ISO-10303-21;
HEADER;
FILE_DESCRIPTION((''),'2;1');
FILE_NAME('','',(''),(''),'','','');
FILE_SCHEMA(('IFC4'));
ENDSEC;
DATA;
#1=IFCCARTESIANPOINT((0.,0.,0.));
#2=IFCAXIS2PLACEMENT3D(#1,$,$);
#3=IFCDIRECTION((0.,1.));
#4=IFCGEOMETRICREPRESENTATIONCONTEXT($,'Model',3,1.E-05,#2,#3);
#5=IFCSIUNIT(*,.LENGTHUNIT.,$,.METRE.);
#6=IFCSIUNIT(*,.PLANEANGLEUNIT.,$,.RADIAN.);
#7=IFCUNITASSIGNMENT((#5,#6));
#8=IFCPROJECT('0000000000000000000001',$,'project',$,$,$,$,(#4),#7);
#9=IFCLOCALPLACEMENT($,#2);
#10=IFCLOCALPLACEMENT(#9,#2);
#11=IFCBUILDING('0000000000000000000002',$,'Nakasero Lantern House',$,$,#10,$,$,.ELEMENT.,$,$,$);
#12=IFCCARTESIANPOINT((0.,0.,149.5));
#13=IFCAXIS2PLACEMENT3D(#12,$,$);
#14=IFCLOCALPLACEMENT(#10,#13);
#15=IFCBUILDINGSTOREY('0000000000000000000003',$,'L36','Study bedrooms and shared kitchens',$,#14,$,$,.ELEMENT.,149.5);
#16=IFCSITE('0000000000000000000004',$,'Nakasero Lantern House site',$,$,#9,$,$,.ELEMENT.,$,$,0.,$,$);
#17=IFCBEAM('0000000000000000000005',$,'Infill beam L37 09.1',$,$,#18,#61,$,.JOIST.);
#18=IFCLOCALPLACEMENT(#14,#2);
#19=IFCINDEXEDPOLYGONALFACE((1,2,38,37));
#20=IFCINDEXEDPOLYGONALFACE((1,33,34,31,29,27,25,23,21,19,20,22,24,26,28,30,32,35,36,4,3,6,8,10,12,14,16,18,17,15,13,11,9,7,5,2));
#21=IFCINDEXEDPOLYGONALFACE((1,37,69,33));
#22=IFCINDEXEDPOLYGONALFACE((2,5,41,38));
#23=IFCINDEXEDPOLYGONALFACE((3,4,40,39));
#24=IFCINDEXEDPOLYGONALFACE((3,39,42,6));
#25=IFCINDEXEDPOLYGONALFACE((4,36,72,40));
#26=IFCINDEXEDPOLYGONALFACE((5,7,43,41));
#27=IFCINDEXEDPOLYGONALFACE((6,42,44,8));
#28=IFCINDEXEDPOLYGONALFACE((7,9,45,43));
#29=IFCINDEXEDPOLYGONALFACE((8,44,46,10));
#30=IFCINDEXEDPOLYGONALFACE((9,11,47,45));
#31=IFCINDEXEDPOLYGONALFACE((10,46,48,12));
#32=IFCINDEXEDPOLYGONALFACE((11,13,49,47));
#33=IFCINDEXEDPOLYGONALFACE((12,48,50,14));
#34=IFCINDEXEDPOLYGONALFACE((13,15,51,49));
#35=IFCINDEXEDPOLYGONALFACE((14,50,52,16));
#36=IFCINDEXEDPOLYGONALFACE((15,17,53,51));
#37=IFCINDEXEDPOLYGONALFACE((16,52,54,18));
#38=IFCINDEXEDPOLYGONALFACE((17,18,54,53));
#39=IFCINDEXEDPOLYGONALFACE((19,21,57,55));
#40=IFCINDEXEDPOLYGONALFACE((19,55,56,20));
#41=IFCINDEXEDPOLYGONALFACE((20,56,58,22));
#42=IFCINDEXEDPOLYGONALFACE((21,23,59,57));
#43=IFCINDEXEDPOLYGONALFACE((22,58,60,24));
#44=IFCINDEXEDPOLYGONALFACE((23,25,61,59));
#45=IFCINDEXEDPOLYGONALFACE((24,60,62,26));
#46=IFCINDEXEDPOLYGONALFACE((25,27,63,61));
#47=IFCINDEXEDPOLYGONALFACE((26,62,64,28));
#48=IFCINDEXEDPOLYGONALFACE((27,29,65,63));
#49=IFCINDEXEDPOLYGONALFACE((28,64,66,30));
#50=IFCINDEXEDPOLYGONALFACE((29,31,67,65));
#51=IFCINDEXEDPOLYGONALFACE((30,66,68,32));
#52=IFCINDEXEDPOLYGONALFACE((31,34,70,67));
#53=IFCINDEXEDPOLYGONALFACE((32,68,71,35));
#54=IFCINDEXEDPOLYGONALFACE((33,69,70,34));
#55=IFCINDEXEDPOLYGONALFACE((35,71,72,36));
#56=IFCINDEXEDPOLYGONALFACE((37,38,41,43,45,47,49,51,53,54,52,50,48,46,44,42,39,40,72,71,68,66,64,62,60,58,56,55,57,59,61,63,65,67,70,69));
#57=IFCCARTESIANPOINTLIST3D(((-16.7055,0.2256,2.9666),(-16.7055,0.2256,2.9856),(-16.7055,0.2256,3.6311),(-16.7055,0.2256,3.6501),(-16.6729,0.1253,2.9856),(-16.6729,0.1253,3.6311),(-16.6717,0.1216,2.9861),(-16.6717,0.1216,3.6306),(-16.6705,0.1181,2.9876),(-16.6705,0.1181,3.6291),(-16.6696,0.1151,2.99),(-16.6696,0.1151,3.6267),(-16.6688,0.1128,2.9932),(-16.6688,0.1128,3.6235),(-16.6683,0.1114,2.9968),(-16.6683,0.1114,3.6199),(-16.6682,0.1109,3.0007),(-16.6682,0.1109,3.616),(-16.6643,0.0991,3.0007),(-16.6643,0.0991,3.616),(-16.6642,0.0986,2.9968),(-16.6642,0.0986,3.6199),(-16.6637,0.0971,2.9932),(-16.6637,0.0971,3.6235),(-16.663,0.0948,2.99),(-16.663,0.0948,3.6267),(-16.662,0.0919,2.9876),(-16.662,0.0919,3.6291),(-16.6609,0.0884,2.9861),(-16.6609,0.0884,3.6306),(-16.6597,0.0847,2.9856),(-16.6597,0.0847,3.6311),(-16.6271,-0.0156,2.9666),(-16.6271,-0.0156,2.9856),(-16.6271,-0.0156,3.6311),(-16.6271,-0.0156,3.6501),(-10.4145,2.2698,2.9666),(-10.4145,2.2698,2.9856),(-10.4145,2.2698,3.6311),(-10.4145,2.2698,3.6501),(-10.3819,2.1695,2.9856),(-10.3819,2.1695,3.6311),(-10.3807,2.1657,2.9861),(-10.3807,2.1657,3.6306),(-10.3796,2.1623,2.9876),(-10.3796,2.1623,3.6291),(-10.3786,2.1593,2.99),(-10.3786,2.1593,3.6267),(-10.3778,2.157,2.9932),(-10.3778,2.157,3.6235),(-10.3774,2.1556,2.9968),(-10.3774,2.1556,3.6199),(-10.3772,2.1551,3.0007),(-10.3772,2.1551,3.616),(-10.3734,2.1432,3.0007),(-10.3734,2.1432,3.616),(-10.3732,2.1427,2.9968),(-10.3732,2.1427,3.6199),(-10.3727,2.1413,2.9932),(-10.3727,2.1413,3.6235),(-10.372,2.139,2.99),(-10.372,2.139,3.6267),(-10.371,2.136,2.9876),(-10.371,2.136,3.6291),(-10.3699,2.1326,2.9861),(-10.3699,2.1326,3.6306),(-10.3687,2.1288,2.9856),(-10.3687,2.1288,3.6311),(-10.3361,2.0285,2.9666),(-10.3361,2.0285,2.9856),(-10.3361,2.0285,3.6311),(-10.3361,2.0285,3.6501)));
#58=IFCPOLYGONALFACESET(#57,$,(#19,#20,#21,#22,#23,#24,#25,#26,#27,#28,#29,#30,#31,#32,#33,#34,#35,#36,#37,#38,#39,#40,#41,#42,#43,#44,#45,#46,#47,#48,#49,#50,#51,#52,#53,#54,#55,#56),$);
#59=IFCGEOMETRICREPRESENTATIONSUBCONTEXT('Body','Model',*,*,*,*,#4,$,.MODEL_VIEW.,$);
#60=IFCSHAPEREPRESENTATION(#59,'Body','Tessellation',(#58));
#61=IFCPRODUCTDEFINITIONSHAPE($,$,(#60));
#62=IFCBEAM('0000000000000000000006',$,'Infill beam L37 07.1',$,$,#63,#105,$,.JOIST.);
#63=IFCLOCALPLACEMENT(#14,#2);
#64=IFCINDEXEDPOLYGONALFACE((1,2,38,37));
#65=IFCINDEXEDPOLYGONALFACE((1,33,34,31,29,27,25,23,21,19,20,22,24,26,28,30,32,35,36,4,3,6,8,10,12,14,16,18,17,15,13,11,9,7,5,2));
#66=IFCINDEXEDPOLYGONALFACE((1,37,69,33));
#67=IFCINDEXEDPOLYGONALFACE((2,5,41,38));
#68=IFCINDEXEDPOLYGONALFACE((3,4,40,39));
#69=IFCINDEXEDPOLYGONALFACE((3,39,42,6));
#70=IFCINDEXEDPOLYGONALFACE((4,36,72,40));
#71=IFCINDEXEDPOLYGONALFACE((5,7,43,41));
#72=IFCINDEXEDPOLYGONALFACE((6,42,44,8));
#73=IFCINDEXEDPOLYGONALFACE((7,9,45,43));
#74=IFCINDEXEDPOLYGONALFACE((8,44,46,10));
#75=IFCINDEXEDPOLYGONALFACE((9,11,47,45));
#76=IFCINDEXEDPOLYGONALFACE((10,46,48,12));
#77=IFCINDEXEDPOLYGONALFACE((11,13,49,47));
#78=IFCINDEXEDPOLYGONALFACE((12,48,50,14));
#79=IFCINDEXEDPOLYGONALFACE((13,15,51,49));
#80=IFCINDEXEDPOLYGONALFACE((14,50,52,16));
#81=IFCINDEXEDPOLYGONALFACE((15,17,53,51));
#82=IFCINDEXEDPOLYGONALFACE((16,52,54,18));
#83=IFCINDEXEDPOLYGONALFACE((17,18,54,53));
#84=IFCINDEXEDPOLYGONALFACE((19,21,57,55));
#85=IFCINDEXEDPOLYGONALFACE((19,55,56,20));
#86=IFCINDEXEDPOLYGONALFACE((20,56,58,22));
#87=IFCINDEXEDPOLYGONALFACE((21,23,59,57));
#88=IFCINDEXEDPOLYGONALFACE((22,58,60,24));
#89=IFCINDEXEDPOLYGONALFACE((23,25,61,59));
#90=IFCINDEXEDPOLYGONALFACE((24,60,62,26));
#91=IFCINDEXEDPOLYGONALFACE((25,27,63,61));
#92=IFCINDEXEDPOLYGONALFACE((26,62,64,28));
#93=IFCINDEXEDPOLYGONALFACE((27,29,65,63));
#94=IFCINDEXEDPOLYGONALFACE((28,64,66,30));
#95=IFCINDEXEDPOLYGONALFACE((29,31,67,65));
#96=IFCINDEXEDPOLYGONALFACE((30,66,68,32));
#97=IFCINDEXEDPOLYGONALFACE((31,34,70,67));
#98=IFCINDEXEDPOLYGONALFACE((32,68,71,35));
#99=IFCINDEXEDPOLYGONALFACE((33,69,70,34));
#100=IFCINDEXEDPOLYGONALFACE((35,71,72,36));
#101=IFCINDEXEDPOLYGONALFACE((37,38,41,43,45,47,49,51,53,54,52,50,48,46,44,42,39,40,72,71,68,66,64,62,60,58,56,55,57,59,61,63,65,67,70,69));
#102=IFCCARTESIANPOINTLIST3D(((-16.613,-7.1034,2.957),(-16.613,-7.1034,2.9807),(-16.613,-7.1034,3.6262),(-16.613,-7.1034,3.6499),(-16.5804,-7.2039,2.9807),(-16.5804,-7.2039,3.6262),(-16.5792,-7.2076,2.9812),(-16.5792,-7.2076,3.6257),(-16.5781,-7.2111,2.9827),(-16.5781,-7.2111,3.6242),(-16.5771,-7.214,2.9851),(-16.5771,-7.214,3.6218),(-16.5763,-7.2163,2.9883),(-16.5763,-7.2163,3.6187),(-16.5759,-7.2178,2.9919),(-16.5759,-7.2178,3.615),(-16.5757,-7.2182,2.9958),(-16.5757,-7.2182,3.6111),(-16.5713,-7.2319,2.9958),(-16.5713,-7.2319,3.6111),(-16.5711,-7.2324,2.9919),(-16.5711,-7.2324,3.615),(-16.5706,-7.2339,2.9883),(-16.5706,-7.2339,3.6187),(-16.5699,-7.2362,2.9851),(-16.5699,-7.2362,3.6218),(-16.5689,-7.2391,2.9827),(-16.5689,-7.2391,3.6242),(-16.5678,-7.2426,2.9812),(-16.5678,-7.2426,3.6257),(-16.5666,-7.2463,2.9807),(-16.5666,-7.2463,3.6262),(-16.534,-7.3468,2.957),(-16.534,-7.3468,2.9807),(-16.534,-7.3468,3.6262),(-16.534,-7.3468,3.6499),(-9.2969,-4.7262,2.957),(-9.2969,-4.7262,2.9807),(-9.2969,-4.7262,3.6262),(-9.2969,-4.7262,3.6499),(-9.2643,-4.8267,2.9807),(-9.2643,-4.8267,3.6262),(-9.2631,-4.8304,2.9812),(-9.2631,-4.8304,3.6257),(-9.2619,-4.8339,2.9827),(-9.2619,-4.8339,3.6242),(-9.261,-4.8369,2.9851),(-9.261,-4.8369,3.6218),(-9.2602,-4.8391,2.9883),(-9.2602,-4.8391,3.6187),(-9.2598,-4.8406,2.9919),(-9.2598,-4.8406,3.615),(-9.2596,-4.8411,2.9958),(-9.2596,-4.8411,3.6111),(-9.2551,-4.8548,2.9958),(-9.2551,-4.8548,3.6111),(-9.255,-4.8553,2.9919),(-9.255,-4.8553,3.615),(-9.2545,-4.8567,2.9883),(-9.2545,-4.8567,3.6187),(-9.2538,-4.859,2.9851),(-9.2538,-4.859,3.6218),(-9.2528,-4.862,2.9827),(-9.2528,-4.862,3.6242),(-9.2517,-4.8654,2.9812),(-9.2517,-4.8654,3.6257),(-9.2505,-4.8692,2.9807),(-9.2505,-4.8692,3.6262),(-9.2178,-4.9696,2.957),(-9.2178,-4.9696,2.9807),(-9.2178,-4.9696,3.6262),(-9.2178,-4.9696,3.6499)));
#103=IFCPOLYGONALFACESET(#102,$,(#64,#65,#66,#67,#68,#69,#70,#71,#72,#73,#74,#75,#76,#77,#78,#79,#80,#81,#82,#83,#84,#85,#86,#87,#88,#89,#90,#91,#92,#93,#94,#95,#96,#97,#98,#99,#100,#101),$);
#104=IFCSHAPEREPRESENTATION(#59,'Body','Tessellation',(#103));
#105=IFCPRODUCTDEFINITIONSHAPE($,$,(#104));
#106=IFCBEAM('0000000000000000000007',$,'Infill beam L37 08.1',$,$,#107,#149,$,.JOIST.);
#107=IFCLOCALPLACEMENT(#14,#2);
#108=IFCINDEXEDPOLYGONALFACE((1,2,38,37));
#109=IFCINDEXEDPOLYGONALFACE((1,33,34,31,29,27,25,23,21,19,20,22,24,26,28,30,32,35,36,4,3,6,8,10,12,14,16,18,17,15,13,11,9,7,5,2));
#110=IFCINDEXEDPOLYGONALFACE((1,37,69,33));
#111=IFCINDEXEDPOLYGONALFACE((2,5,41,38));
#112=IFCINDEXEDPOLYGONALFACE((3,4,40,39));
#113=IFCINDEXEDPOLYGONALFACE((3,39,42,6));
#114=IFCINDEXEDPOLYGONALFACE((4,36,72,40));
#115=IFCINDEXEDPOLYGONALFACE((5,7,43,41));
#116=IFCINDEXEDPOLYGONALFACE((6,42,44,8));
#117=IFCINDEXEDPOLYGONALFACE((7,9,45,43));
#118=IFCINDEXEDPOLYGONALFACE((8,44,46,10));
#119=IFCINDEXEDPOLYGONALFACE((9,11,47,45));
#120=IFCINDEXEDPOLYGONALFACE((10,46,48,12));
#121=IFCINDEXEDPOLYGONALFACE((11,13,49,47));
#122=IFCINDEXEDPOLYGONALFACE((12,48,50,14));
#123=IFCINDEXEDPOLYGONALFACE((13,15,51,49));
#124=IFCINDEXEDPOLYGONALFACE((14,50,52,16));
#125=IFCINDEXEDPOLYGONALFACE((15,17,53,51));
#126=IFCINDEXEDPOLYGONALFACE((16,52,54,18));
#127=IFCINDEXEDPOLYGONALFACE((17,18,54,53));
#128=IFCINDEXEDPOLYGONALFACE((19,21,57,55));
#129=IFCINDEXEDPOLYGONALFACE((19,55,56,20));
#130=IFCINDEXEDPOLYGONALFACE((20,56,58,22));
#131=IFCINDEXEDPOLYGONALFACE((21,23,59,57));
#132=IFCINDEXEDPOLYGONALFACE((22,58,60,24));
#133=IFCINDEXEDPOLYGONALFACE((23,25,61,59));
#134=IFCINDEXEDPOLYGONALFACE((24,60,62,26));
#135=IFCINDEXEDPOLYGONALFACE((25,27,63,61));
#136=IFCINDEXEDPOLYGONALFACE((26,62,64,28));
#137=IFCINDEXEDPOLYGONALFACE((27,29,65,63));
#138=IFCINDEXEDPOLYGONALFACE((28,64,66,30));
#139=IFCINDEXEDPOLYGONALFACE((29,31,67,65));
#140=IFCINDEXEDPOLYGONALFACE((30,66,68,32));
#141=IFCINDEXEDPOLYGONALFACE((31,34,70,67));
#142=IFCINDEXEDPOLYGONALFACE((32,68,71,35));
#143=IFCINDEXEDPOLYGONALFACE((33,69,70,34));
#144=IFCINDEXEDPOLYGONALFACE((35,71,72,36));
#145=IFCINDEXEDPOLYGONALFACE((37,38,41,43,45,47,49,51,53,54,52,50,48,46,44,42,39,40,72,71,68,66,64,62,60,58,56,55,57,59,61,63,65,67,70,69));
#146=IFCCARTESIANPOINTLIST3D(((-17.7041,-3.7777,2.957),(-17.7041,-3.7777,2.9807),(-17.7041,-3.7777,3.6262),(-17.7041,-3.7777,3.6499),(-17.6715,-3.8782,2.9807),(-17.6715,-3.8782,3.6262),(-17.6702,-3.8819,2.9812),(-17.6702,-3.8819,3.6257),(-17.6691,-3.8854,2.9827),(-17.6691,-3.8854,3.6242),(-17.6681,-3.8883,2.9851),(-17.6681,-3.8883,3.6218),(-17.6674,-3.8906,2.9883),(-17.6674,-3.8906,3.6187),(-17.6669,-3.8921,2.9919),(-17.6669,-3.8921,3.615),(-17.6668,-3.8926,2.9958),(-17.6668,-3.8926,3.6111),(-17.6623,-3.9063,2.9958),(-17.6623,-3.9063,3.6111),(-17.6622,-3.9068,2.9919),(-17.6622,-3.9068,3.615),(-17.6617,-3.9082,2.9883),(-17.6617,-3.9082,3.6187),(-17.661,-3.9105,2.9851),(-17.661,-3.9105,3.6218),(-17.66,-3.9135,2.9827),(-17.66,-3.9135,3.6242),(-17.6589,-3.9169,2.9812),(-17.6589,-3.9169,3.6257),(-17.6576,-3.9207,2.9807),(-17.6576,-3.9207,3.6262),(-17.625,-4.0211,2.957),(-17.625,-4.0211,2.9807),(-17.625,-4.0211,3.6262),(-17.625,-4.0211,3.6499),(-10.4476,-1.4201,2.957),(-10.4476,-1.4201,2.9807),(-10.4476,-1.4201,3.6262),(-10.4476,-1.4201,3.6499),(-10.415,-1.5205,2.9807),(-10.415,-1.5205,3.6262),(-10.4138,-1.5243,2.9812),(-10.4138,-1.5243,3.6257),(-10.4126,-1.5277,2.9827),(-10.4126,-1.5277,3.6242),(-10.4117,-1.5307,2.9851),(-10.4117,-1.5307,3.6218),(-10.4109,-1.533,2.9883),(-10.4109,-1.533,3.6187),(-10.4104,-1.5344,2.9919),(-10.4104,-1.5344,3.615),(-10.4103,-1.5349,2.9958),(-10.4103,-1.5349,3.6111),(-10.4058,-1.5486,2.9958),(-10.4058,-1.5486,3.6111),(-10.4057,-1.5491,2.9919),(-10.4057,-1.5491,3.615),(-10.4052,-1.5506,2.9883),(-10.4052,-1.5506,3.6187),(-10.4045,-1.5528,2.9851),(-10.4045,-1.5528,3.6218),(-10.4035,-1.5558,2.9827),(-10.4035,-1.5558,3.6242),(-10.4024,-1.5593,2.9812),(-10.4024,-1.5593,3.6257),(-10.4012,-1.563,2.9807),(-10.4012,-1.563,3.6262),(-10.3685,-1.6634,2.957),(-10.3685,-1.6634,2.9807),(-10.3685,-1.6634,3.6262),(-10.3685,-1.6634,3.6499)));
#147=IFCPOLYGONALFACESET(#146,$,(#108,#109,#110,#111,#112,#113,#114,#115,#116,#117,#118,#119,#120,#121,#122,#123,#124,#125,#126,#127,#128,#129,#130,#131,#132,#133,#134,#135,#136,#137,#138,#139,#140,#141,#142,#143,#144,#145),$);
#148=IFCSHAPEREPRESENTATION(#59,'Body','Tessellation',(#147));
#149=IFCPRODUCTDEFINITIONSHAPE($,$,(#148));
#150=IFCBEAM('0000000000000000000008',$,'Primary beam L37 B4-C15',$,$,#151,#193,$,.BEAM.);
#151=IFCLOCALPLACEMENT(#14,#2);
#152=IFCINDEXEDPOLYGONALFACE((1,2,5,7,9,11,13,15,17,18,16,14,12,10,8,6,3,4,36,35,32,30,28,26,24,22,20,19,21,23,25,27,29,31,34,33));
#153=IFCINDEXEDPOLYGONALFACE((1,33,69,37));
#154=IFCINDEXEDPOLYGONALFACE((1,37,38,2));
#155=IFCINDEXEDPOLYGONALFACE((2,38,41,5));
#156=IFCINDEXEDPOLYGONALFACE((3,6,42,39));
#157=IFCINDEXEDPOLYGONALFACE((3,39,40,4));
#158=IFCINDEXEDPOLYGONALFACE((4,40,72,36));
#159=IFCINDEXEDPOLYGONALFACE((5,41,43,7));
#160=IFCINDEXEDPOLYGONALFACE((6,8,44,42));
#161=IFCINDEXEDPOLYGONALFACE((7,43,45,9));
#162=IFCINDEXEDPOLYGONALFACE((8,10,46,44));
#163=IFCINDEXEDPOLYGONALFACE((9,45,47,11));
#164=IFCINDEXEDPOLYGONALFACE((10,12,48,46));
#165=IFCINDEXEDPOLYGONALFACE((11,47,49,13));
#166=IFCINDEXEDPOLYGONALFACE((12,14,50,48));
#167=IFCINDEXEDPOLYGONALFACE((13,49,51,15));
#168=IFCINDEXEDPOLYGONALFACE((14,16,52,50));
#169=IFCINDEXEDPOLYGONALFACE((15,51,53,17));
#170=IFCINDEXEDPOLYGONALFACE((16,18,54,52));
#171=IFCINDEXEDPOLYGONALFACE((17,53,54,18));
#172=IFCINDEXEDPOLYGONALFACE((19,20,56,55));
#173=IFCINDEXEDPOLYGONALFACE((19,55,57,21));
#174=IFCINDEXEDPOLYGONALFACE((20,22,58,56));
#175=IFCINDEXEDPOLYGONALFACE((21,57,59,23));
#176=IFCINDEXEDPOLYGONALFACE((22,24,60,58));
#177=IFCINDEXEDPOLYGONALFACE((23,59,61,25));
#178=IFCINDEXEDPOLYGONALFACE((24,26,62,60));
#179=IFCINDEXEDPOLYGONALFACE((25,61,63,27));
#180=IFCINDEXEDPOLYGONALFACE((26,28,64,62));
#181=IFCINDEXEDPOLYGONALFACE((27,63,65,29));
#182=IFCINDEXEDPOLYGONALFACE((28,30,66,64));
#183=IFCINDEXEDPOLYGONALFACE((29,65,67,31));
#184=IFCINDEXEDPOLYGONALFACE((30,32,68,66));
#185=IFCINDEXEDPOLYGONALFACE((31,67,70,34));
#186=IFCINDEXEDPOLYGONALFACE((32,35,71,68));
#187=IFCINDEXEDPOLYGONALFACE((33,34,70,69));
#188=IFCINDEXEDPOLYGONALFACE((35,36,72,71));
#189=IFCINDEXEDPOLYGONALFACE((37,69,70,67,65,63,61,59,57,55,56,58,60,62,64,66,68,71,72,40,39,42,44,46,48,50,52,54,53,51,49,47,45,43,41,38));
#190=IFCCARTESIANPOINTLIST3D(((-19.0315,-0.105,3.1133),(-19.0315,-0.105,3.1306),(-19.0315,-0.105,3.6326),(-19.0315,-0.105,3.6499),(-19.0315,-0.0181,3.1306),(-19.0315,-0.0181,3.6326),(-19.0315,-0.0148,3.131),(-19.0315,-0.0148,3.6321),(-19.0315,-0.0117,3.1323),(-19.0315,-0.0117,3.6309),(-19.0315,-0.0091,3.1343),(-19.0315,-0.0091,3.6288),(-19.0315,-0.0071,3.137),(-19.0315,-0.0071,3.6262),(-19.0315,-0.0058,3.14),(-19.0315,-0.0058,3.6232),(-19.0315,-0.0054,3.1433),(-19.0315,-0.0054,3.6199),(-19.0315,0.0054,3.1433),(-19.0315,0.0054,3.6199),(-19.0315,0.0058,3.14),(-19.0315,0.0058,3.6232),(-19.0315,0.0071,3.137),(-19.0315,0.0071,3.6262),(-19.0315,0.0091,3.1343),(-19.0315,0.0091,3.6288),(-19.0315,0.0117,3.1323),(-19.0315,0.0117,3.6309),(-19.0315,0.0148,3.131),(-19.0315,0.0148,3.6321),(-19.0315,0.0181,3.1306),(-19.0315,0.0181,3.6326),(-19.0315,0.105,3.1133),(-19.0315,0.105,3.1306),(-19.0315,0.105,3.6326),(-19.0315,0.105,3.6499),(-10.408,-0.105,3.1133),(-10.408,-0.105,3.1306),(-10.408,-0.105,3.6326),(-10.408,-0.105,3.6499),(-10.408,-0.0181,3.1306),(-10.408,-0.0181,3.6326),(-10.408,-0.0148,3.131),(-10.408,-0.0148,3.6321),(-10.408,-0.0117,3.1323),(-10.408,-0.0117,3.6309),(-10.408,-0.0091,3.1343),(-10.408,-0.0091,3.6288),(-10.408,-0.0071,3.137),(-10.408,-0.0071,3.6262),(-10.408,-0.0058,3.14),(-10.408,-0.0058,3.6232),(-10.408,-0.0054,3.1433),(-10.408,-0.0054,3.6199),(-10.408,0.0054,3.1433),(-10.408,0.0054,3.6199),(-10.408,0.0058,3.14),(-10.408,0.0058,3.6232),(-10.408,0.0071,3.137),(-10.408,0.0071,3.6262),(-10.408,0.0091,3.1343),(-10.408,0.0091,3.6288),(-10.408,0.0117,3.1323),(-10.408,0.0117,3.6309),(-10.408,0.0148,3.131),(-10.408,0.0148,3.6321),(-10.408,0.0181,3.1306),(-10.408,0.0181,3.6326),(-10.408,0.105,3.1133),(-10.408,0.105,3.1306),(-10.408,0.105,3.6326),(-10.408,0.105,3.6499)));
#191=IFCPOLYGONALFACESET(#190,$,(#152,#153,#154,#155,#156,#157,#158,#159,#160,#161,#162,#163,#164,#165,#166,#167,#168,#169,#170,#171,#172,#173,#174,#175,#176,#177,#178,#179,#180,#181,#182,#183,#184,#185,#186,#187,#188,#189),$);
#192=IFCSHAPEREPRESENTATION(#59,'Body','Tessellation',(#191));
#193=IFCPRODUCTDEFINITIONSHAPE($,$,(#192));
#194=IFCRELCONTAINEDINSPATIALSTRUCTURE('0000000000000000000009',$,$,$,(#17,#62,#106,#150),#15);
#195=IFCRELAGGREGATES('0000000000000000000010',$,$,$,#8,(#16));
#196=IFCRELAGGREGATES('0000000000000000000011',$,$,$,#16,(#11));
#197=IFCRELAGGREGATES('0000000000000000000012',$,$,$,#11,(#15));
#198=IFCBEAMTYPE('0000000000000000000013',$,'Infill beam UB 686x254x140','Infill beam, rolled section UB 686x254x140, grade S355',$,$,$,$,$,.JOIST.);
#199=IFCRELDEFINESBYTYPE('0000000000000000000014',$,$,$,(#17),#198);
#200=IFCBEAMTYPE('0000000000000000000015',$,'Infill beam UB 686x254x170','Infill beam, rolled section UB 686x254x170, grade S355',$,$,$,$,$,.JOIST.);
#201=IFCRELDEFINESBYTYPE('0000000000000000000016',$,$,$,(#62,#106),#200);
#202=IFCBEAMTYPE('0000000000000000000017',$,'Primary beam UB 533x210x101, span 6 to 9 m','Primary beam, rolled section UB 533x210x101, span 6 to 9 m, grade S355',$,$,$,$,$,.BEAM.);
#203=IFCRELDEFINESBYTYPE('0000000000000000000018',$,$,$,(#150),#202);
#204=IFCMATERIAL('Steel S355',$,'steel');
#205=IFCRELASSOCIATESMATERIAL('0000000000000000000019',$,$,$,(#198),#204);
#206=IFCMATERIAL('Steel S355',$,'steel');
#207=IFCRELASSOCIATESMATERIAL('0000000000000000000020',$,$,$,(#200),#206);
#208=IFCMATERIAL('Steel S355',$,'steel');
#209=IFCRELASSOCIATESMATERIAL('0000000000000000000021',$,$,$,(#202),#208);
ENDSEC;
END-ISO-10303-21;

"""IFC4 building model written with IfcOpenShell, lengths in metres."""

from ifc_helpers import new_model, si_unit, direction, frame, origin, origin_2d, place, context, subcontext, project, spatial, i_section, extrude, material, material_profile, profile_set, type_object, element, save


model = new_model("IFC4")

# Units and contexts
model_context = context("Model", 3, precision=1e-05, world=origin(), true_north=direction((0.0, 1.0)))
body_context = subcontext(model_context, "Body", "Model", "MODEL_VIEW")
ifc_project = project(units=[si_unit("LENGTHUNIT", "METRE"), si_unit("PLANEANGLEUNIT", "RADIAN")], contexts=[model_context])

# Site, building, storey
site_placement = place(None, origin())
site = spatial("IfcSite", under=ifc_project, at=site_placement, Name="Nakasero Lantern House site", CompositionType="ELEMENT", RefElevation=0.0)
building_placement = place(site_placement, origin())
building = spatial("IfcBuilding", under=site, at=building_placement, Name="Nakasero Lantern House", CompositionType="ELEMENT")
storey_placement = place(building_placement, frame((0.0, 0.0, 149.5)))
storey = spatial("IfcBuildingStorey", under=building, at=storey_placement, Name="L36", Description="Study bedrooms and shared kitchens", CompositionType="ELEMENT", Elevation=149.5)

# Beams
ifc_material_1 = material(Name="Steel S355", Category="steel")
ifc_material_profile_1 = material_profile(ifc_material_1, i_section(OverallWidth=0.2537, OverallDepth=0.6836, WebThickness=0.0125, FlangeThickness=0.019, FilletRadius=0.0151, at=origin_2d()), Name="UB 686x254x140")
ifc_profile_set_1 = profile_set([ifc_material_profile_1], Name="Steel S355")
beam_type_1 = type_object("IfcBeamType", Name="Infill beam UB 686x254x140", Description="Infill beam, rolled section UB 686x254x140, grade S355", PredefinedType="JOIST", material=ifc_profile_set_1)
beam_1_placement = place(storey_placement, frame((-16.6663, 0.105, 3.3083), z_axis=(0.951051, 0.309033, 0.0), x_axis=(-0.309033, 0.951051, 0.0)))
element("IfcBeam", 1, at=beam_1_placement, inside=storey, type_object=beam_type_1, Name="Infill beam L37 09.1", PredefinedType="JOIST", context=body_context, shape_type="SweptSolid", body=[
    extrude(i_section(OverallWidth=0.2537, OverallDepth=0.6836, WebThickness=0.0125, FlangeThickness=0.019, FilletRadius=0.0151, at=origin_2d()), origin(), (0.0, 0.0, 1.0), 6.6147),
])
ifc_material_2 = material(Name="Steel S355", Category="steel")
ifc_material_profile_2 = material_profile(ifc_material_2, i_section(OverallWidth=0.2559, OverallDepth=0.6929, WebThickness=0.0144, FlangeThickness=0.0237, FilletRadius=0.0151, at=origin_2d()), Name="UB 686x254x170")
ifc_profile_set_2 = profile_set([ifc_material_profile_2], Name="Steel S355")
beam_type_2 = type_object("IfcBeamType", Name="Infill beam UB 686x254x170", Description="Infill beam, rolled section UB 686x254x170, grade S355", PredefinedType="JOIST", material=ifc_profile_set_2)
beam_2_placement = place(storey_placement, frame((-16.5735, -7.2251, 3.3035), z_axis=(0.951055, 0.309021, 0.0), x_axis=(-0.309021, 0.951055, 0.0)))
element("IfcBeam", 2, at=beam_2_placement, inside=storey, type_object=beam_type_2, Name="Infill beam L37 07.1", PredefinedType="JOIST", context=body_context, shape_type="SweptSolid", body=[
    extrude(i_section(OverallWidth=0.2559, OverallDepth=0.6929, WebThickness=0.0144, FlangeThickness=0.0237, FilletRadius=0.0151, at=origin_2d()), origin(), (0.0, 0.0, 1.0), 7.6926),
])
beam_3_placement = place(storey_placement, frame((-17.6646, -3.8994, 3.3035), z_axis=(0.951062, 0.309, 0.0), x_axis=(-0.309, 0.951062, 0.0)))
element("IfcBeam", 3, at=beam_3_placement, inside=storey, type_object=beam_type_2, Name="Infill beam L37 08.1", PredefinedType="JOIST", context=body_context, shape_type="SweptSolid", body=[
    extrude(i_section(OverallWidth=0.2559, OverallDepth=0.6929, WebThickness=0.0144, FlangeThickness=0.0237, FilletRadius=0.0151, at=origin_2d()), origin(), (0.0, 0.0, 1.0), 7.6299),
])
ifc_material_3 = material(Name="Steel S355", Category="steel")
ifc_material_profile_3 = material_profile(ifc_material_3, i_section(OverallWidth=0.21, OverallDepth=0.5366, WebThickness=0.0107, FlangeThickness=0.0173, FilletRadius=0.0127, at=origin_2d()), Name="UB 533x210x101")
ifc_profile_set_3 = profile_set([ifc_material_profile_3], Name="Steel S355")
beam_type_3 = type_object("IfcBeamType", Name="Primary beam UB 533x210x101, span 6 to 9 m", Description="Primary beam, rolled section UB 533x210x101, span 6 to 9 m, grade S355", PredefinedType="BEAM", material=ifc_profile_set_3)
beam_4_placement = place(storey_placement, frame((-19.0315, 0.0, 3.3816), z_axis=(1.0, 0.0, 0.0), x_axis=(0.0, 1.0, 0.0)))
element("IfcBeam", 4, at=beam_4_placement, inside=storey, type_object=beam_type_3, Name="Primary beam L37 B4-C15", PredefinedType="BEAM", context=body_context, shape_type="SweptSolid", body=[
    extrude(i_section(OverallWidth=0.21, OverallDepth=0.5366, WebThickness=0.0107, FlangeThickness=0.0173, FilletRadius=0.0127, at=origin_2d()), origin(), (0.0, 0.0, 1.0), 8.6235),
])

save(model, "model.ifc")
